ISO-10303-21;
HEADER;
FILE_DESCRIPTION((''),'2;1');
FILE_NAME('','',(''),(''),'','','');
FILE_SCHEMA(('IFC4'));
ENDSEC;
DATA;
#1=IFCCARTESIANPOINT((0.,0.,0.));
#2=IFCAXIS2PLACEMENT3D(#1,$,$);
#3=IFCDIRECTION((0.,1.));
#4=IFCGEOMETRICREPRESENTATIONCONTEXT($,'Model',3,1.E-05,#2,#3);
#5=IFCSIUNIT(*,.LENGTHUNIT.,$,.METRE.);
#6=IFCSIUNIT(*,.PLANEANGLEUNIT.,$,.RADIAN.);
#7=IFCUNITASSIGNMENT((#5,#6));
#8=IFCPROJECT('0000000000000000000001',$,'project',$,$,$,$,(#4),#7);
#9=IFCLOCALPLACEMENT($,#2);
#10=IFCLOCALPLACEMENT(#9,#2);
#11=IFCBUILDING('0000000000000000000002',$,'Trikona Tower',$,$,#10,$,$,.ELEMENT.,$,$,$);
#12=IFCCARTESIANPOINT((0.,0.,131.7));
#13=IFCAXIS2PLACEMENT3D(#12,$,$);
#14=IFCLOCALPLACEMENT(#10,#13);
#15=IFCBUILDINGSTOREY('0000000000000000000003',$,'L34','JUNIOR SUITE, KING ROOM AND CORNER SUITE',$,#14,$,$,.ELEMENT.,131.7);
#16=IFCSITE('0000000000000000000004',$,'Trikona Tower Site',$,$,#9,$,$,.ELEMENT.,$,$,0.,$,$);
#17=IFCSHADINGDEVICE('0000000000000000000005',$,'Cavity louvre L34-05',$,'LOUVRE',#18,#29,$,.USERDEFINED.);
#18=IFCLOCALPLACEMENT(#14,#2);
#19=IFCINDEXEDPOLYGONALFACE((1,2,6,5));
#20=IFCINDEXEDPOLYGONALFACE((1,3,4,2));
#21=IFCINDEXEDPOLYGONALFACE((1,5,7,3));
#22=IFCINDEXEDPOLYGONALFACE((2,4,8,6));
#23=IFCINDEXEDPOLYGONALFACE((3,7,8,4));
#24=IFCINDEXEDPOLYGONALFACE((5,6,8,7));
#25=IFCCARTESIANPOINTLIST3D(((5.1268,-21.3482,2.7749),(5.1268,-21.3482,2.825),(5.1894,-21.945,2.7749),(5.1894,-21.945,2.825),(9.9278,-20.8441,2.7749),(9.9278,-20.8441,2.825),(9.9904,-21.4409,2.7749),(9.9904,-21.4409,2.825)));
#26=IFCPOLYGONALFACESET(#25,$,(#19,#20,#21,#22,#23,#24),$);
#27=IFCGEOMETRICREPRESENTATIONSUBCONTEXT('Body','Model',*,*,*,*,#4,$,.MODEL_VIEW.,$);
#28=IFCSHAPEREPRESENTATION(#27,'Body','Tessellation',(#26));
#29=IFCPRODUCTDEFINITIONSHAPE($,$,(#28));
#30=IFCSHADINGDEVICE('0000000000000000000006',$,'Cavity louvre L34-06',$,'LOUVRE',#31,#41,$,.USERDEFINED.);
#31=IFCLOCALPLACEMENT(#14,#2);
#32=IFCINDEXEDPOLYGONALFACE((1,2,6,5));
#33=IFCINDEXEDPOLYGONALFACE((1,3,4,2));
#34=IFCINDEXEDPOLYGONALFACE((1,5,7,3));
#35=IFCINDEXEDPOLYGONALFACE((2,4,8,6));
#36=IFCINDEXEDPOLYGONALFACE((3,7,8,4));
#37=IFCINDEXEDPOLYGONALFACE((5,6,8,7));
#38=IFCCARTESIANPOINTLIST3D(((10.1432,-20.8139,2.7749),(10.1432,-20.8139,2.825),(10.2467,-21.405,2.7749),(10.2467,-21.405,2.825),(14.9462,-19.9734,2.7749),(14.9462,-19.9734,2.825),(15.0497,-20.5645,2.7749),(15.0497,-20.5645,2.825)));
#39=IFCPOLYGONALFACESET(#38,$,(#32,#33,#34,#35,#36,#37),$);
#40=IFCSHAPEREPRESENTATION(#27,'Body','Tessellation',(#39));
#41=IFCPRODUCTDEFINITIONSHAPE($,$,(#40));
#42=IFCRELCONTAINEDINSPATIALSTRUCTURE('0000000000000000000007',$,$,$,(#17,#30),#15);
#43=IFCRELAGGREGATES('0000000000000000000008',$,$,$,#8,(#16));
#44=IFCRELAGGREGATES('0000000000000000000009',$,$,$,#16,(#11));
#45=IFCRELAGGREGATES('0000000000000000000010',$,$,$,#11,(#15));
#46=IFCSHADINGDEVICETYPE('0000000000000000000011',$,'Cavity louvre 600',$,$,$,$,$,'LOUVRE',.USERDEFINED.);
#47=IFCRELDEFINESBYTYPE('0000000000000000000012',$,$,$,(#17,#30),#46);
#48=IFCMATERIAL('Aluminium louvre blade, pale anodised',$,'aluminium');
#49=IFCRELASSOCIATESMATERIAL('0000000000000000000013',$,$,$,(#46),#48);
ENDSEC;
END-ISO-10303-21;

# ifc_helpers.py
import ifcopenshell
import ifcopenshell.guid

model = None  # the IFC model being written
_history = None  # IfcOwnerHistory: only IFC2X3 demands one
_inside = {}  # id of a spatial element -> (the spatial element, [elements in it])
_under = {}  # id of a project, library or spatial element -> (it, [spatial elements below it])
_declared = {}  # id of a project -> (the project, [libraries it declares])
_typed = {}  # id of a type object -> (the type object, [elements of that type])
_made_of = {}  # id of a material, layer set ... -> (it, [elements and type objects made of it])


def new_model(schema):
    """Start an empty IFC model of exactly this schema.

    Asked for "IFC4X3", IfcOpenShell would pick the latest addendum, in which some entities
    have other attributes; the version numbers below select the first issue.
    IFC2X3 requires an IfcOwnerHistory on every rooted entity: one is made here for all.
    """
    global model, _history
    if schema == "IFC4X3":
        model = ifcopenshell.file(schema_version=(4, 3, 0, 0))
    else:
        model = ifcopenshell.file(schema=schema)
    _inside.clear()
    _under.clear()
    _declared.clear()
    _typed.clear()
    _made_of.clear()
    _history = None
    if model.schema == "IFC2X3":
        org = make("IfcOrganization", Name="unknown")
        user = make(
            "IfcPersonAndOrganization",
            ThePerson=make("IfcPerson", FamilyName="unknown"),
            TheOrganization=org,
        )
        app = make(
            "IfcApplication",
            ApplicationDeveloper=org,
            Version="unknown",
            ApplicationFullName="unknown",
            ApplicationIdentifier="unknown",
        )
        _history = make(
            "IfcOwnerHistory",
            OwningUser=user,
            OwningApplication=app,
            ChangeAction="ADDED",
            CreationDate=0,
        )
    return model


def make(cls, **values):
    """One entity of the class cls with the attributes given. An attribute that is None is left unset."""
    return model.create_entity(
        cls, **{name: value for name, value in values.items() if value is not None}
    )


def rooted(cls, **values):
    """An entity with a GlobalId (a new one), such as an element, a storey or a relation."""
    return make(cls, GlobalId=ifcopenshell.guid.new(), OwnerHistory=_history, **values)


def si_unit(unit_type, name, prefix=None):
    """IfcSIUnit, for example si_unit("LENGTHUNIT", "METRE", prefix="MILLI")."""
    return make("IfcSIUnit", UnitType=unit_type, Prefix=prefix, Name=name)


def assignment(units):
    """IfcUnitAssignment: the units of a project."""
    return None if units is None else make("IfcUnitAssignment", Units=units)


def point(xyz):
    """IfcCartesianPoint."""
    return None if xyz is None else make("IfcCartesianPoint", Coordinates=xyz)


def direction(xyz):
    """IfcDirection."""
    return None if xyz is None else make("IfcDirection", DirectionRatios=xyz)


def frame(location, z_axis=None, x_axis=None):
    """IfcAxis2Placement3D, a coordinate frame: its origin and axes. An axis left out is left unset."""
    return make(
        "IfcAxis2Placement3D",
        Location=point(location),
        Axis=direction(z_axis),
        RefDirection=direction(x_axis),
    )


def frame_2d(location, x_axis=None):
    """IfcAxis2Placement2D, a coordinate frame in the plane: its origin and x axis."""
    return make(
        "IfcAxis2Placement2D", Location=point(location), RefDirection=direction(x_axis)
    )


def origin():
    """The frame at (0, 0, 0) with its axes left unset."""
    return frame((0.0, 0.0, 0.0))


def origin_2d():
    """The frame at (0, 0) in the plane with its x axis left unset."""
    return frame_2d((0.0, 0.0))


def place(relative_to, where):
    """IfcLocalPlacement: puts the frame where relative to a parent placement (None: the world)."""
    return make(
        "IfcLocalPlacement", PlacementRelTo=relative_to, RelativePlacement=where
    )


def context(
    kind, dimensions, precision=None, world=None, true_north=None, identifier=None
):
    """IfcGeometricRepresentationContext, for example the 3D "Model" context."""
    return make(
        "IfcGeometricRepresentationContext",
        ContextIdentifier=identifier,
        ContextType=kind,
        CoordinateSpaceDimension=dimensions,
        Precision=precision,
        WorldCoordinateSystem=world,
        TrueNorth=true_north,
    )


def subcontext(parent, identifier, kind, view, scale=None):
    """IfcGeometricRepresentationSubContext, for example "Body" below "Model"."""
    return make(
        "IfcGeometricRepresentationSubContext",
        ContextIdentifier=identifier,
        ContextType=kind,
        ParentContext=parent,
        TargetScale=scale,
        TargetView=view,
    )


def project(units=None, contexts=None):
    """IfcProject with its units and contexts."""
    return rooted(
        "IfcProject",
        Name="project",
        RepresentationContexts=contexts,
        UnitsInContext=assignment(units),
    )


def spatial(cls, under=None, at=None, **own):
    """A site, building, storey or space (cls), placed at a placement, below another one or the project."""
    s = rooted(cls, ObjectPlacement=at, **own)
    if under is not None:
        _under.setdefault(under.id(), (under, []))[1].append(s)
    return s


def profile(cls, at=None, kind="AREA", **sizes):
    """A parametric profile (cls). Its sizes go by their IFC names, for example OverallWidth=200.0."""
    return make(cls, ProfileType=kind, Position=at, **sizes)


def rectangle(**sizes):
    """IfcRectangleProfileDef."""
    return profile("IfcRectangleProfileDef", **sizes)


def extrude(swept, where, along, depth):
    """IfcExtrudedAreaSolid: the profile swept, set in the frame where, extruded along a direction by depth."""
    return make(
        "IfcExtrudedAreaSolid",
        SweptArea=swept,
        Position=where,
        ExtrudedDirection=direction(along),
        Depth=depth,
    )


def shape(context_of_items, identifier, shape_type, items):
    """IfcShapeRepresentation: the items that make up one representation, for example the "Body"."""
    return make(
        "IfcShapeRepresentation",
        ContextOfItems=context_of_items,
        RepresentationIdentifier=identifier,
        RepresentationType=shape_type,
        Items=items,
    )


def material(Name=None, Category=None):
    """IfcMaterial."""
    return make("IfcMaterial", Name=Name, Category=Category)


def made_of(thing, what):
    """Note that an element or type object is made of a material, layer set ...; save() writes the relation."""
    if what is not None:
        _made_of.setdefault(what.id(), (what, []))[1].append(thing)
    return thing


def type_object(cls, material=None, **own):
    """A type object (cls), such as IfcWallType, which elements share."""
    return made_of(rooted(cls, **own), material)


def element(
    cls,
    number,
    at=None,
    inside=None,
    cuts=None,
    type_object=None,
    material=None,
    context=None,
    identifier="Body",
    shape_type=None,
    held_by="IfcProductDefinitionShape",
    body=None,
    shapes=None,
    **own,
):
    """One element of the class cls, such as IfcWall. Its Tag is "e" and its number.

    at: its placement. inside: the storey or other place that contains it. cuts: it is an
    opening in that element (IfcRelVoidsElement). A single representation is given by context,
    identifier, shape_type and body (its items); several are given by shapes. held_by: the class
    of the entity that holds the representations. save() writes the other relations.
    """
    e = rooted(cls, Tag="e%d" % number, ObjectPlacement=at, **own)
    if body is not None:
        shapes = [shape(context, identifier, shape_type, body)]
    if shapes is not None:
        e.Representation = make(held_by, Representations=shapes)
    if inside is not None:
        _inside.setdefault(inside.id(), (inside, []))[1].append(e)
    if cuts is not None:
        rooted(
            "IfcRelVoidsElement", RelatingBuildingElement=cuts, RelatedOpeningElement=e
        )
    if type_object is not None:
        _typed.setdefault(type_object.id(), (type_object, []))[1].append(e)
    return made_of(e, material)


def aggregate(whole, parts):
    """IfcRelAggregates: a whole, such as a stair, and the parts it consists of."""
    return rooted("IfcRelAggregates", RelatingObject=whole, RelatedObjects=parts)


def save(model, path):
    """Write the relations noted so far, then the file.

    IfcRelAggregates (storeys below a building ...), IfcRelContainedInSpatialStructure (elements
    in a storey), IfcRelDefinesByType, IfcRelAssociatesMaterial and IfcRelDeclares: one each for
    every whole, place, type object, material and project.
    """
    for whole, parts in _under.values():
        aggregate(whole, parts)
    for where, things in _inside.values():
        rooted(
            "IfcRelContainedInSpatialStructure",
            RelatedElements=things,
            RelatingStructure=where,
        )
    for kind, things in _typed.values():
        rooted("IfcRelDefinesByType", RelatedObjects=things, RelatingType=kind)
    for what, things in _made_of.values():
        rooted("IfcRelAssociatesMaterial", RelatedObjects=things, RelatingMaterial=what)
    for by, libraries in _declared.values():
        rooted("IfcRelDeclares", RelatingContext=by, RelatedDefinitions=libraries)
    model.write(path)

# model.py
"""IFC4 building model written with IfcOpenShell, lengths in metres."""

from ifc_helpers import new_model, si_unit, direction, frame, origin, origin_2d, place, context, subcontext, project, spatial, rectangle, extrude, material, type_object, element, save


model = new_model("IFC4")

# Units and contexts
model_context = context("Model", 3, precision=1e-05, world=origin(), true_north=direction((0.0, 1.0)))
body_context = subcontext(model_context, "Body", "Model", "MODEL_VIEW")
ifc_project = project(units=[si_unit("LENGTHUNIT", "METRE"), si_unit("PLANEANGLEUNIT", "RADIAN")], contexts=[model_context])

# Site, building, storey
site_placement = place(None, origin())
site = spatial("IfcSite", under=ifc_project, at=site_placement, Name="Trikona Tower Site", CompositionType="ELEMENT", RefElevation=0.0)
building_placement = place(site_placement, origin())
building = spatial("IfcBuilding", under=site, at=building_placement, Name="Trikona Tower", CompositionType="ELEMENT")
storey_placement = place(building_placement, frame((0.0, 0.0, 131.7)))
storey = spatial("IfcBuildingStorey", under=building, at=storey_placement, Name="L34", Description="JUNIOR SUITE, KING ROOM AND CORNER SUITE", CompositionType="ELEMENT", Elevation=131.7)

# Shading devices
ifc_material_1 = material(Name="Aluminium louvre blade, pale anodised", Category="aluminium")
shading_device_type = type_object("IfcShadingDeviceType", Name="Cavity louvre 600", ElementType="LOUVRE", PredefinedType="USERDEFINED", material=ifc_material_1)
shading_device_1_placement = place(storey_placement, frame((7.5586, -21.3945, 2.7749), z_axis=(0.0, 0.0, 1.0), x_axis=(0.994533, 0.104426, 0.0)))
element("IfcShadingDevice", 1, at=shading_device_1_placement, inside=storey, type_object=shading_device_type, Name="Cavity louvre L34-05", ObjectType="LOUVRE", PredefinedType="USERDEFINED", context=body_context, shape_type="SweptSolid", body=[
    extrude(rectangle(XDim=4.8274, YDim=0.6001, at=origin_2d()), origin(), (0.0, 0.0, 1.0), 0.05),
])
shading_device_2_placement = place(storey_placement, frame((12.5964, -20.6892, 2.7749), z_axis=(0.0, 0.0, 1.0), x_axis=(0.985031, 0.17238, 0.0)))
element("IfcShadingDevice", 2, at=shading_device_2_placement, inside=storey, type_object=shading_device_type, Name="Cavity louvre L34-06", ObjectType="LOUVRE", PredefinedType="USERDEFINED", context=body_context, shape_type="SweptSolid", body=[
    extrude(rectangle(XDim=4.876, YDim=0.6001, at=origin_2d()), origin(), (0.0, 0.0, 1.0), 0.05),
])

save(model, "model.ifc")
